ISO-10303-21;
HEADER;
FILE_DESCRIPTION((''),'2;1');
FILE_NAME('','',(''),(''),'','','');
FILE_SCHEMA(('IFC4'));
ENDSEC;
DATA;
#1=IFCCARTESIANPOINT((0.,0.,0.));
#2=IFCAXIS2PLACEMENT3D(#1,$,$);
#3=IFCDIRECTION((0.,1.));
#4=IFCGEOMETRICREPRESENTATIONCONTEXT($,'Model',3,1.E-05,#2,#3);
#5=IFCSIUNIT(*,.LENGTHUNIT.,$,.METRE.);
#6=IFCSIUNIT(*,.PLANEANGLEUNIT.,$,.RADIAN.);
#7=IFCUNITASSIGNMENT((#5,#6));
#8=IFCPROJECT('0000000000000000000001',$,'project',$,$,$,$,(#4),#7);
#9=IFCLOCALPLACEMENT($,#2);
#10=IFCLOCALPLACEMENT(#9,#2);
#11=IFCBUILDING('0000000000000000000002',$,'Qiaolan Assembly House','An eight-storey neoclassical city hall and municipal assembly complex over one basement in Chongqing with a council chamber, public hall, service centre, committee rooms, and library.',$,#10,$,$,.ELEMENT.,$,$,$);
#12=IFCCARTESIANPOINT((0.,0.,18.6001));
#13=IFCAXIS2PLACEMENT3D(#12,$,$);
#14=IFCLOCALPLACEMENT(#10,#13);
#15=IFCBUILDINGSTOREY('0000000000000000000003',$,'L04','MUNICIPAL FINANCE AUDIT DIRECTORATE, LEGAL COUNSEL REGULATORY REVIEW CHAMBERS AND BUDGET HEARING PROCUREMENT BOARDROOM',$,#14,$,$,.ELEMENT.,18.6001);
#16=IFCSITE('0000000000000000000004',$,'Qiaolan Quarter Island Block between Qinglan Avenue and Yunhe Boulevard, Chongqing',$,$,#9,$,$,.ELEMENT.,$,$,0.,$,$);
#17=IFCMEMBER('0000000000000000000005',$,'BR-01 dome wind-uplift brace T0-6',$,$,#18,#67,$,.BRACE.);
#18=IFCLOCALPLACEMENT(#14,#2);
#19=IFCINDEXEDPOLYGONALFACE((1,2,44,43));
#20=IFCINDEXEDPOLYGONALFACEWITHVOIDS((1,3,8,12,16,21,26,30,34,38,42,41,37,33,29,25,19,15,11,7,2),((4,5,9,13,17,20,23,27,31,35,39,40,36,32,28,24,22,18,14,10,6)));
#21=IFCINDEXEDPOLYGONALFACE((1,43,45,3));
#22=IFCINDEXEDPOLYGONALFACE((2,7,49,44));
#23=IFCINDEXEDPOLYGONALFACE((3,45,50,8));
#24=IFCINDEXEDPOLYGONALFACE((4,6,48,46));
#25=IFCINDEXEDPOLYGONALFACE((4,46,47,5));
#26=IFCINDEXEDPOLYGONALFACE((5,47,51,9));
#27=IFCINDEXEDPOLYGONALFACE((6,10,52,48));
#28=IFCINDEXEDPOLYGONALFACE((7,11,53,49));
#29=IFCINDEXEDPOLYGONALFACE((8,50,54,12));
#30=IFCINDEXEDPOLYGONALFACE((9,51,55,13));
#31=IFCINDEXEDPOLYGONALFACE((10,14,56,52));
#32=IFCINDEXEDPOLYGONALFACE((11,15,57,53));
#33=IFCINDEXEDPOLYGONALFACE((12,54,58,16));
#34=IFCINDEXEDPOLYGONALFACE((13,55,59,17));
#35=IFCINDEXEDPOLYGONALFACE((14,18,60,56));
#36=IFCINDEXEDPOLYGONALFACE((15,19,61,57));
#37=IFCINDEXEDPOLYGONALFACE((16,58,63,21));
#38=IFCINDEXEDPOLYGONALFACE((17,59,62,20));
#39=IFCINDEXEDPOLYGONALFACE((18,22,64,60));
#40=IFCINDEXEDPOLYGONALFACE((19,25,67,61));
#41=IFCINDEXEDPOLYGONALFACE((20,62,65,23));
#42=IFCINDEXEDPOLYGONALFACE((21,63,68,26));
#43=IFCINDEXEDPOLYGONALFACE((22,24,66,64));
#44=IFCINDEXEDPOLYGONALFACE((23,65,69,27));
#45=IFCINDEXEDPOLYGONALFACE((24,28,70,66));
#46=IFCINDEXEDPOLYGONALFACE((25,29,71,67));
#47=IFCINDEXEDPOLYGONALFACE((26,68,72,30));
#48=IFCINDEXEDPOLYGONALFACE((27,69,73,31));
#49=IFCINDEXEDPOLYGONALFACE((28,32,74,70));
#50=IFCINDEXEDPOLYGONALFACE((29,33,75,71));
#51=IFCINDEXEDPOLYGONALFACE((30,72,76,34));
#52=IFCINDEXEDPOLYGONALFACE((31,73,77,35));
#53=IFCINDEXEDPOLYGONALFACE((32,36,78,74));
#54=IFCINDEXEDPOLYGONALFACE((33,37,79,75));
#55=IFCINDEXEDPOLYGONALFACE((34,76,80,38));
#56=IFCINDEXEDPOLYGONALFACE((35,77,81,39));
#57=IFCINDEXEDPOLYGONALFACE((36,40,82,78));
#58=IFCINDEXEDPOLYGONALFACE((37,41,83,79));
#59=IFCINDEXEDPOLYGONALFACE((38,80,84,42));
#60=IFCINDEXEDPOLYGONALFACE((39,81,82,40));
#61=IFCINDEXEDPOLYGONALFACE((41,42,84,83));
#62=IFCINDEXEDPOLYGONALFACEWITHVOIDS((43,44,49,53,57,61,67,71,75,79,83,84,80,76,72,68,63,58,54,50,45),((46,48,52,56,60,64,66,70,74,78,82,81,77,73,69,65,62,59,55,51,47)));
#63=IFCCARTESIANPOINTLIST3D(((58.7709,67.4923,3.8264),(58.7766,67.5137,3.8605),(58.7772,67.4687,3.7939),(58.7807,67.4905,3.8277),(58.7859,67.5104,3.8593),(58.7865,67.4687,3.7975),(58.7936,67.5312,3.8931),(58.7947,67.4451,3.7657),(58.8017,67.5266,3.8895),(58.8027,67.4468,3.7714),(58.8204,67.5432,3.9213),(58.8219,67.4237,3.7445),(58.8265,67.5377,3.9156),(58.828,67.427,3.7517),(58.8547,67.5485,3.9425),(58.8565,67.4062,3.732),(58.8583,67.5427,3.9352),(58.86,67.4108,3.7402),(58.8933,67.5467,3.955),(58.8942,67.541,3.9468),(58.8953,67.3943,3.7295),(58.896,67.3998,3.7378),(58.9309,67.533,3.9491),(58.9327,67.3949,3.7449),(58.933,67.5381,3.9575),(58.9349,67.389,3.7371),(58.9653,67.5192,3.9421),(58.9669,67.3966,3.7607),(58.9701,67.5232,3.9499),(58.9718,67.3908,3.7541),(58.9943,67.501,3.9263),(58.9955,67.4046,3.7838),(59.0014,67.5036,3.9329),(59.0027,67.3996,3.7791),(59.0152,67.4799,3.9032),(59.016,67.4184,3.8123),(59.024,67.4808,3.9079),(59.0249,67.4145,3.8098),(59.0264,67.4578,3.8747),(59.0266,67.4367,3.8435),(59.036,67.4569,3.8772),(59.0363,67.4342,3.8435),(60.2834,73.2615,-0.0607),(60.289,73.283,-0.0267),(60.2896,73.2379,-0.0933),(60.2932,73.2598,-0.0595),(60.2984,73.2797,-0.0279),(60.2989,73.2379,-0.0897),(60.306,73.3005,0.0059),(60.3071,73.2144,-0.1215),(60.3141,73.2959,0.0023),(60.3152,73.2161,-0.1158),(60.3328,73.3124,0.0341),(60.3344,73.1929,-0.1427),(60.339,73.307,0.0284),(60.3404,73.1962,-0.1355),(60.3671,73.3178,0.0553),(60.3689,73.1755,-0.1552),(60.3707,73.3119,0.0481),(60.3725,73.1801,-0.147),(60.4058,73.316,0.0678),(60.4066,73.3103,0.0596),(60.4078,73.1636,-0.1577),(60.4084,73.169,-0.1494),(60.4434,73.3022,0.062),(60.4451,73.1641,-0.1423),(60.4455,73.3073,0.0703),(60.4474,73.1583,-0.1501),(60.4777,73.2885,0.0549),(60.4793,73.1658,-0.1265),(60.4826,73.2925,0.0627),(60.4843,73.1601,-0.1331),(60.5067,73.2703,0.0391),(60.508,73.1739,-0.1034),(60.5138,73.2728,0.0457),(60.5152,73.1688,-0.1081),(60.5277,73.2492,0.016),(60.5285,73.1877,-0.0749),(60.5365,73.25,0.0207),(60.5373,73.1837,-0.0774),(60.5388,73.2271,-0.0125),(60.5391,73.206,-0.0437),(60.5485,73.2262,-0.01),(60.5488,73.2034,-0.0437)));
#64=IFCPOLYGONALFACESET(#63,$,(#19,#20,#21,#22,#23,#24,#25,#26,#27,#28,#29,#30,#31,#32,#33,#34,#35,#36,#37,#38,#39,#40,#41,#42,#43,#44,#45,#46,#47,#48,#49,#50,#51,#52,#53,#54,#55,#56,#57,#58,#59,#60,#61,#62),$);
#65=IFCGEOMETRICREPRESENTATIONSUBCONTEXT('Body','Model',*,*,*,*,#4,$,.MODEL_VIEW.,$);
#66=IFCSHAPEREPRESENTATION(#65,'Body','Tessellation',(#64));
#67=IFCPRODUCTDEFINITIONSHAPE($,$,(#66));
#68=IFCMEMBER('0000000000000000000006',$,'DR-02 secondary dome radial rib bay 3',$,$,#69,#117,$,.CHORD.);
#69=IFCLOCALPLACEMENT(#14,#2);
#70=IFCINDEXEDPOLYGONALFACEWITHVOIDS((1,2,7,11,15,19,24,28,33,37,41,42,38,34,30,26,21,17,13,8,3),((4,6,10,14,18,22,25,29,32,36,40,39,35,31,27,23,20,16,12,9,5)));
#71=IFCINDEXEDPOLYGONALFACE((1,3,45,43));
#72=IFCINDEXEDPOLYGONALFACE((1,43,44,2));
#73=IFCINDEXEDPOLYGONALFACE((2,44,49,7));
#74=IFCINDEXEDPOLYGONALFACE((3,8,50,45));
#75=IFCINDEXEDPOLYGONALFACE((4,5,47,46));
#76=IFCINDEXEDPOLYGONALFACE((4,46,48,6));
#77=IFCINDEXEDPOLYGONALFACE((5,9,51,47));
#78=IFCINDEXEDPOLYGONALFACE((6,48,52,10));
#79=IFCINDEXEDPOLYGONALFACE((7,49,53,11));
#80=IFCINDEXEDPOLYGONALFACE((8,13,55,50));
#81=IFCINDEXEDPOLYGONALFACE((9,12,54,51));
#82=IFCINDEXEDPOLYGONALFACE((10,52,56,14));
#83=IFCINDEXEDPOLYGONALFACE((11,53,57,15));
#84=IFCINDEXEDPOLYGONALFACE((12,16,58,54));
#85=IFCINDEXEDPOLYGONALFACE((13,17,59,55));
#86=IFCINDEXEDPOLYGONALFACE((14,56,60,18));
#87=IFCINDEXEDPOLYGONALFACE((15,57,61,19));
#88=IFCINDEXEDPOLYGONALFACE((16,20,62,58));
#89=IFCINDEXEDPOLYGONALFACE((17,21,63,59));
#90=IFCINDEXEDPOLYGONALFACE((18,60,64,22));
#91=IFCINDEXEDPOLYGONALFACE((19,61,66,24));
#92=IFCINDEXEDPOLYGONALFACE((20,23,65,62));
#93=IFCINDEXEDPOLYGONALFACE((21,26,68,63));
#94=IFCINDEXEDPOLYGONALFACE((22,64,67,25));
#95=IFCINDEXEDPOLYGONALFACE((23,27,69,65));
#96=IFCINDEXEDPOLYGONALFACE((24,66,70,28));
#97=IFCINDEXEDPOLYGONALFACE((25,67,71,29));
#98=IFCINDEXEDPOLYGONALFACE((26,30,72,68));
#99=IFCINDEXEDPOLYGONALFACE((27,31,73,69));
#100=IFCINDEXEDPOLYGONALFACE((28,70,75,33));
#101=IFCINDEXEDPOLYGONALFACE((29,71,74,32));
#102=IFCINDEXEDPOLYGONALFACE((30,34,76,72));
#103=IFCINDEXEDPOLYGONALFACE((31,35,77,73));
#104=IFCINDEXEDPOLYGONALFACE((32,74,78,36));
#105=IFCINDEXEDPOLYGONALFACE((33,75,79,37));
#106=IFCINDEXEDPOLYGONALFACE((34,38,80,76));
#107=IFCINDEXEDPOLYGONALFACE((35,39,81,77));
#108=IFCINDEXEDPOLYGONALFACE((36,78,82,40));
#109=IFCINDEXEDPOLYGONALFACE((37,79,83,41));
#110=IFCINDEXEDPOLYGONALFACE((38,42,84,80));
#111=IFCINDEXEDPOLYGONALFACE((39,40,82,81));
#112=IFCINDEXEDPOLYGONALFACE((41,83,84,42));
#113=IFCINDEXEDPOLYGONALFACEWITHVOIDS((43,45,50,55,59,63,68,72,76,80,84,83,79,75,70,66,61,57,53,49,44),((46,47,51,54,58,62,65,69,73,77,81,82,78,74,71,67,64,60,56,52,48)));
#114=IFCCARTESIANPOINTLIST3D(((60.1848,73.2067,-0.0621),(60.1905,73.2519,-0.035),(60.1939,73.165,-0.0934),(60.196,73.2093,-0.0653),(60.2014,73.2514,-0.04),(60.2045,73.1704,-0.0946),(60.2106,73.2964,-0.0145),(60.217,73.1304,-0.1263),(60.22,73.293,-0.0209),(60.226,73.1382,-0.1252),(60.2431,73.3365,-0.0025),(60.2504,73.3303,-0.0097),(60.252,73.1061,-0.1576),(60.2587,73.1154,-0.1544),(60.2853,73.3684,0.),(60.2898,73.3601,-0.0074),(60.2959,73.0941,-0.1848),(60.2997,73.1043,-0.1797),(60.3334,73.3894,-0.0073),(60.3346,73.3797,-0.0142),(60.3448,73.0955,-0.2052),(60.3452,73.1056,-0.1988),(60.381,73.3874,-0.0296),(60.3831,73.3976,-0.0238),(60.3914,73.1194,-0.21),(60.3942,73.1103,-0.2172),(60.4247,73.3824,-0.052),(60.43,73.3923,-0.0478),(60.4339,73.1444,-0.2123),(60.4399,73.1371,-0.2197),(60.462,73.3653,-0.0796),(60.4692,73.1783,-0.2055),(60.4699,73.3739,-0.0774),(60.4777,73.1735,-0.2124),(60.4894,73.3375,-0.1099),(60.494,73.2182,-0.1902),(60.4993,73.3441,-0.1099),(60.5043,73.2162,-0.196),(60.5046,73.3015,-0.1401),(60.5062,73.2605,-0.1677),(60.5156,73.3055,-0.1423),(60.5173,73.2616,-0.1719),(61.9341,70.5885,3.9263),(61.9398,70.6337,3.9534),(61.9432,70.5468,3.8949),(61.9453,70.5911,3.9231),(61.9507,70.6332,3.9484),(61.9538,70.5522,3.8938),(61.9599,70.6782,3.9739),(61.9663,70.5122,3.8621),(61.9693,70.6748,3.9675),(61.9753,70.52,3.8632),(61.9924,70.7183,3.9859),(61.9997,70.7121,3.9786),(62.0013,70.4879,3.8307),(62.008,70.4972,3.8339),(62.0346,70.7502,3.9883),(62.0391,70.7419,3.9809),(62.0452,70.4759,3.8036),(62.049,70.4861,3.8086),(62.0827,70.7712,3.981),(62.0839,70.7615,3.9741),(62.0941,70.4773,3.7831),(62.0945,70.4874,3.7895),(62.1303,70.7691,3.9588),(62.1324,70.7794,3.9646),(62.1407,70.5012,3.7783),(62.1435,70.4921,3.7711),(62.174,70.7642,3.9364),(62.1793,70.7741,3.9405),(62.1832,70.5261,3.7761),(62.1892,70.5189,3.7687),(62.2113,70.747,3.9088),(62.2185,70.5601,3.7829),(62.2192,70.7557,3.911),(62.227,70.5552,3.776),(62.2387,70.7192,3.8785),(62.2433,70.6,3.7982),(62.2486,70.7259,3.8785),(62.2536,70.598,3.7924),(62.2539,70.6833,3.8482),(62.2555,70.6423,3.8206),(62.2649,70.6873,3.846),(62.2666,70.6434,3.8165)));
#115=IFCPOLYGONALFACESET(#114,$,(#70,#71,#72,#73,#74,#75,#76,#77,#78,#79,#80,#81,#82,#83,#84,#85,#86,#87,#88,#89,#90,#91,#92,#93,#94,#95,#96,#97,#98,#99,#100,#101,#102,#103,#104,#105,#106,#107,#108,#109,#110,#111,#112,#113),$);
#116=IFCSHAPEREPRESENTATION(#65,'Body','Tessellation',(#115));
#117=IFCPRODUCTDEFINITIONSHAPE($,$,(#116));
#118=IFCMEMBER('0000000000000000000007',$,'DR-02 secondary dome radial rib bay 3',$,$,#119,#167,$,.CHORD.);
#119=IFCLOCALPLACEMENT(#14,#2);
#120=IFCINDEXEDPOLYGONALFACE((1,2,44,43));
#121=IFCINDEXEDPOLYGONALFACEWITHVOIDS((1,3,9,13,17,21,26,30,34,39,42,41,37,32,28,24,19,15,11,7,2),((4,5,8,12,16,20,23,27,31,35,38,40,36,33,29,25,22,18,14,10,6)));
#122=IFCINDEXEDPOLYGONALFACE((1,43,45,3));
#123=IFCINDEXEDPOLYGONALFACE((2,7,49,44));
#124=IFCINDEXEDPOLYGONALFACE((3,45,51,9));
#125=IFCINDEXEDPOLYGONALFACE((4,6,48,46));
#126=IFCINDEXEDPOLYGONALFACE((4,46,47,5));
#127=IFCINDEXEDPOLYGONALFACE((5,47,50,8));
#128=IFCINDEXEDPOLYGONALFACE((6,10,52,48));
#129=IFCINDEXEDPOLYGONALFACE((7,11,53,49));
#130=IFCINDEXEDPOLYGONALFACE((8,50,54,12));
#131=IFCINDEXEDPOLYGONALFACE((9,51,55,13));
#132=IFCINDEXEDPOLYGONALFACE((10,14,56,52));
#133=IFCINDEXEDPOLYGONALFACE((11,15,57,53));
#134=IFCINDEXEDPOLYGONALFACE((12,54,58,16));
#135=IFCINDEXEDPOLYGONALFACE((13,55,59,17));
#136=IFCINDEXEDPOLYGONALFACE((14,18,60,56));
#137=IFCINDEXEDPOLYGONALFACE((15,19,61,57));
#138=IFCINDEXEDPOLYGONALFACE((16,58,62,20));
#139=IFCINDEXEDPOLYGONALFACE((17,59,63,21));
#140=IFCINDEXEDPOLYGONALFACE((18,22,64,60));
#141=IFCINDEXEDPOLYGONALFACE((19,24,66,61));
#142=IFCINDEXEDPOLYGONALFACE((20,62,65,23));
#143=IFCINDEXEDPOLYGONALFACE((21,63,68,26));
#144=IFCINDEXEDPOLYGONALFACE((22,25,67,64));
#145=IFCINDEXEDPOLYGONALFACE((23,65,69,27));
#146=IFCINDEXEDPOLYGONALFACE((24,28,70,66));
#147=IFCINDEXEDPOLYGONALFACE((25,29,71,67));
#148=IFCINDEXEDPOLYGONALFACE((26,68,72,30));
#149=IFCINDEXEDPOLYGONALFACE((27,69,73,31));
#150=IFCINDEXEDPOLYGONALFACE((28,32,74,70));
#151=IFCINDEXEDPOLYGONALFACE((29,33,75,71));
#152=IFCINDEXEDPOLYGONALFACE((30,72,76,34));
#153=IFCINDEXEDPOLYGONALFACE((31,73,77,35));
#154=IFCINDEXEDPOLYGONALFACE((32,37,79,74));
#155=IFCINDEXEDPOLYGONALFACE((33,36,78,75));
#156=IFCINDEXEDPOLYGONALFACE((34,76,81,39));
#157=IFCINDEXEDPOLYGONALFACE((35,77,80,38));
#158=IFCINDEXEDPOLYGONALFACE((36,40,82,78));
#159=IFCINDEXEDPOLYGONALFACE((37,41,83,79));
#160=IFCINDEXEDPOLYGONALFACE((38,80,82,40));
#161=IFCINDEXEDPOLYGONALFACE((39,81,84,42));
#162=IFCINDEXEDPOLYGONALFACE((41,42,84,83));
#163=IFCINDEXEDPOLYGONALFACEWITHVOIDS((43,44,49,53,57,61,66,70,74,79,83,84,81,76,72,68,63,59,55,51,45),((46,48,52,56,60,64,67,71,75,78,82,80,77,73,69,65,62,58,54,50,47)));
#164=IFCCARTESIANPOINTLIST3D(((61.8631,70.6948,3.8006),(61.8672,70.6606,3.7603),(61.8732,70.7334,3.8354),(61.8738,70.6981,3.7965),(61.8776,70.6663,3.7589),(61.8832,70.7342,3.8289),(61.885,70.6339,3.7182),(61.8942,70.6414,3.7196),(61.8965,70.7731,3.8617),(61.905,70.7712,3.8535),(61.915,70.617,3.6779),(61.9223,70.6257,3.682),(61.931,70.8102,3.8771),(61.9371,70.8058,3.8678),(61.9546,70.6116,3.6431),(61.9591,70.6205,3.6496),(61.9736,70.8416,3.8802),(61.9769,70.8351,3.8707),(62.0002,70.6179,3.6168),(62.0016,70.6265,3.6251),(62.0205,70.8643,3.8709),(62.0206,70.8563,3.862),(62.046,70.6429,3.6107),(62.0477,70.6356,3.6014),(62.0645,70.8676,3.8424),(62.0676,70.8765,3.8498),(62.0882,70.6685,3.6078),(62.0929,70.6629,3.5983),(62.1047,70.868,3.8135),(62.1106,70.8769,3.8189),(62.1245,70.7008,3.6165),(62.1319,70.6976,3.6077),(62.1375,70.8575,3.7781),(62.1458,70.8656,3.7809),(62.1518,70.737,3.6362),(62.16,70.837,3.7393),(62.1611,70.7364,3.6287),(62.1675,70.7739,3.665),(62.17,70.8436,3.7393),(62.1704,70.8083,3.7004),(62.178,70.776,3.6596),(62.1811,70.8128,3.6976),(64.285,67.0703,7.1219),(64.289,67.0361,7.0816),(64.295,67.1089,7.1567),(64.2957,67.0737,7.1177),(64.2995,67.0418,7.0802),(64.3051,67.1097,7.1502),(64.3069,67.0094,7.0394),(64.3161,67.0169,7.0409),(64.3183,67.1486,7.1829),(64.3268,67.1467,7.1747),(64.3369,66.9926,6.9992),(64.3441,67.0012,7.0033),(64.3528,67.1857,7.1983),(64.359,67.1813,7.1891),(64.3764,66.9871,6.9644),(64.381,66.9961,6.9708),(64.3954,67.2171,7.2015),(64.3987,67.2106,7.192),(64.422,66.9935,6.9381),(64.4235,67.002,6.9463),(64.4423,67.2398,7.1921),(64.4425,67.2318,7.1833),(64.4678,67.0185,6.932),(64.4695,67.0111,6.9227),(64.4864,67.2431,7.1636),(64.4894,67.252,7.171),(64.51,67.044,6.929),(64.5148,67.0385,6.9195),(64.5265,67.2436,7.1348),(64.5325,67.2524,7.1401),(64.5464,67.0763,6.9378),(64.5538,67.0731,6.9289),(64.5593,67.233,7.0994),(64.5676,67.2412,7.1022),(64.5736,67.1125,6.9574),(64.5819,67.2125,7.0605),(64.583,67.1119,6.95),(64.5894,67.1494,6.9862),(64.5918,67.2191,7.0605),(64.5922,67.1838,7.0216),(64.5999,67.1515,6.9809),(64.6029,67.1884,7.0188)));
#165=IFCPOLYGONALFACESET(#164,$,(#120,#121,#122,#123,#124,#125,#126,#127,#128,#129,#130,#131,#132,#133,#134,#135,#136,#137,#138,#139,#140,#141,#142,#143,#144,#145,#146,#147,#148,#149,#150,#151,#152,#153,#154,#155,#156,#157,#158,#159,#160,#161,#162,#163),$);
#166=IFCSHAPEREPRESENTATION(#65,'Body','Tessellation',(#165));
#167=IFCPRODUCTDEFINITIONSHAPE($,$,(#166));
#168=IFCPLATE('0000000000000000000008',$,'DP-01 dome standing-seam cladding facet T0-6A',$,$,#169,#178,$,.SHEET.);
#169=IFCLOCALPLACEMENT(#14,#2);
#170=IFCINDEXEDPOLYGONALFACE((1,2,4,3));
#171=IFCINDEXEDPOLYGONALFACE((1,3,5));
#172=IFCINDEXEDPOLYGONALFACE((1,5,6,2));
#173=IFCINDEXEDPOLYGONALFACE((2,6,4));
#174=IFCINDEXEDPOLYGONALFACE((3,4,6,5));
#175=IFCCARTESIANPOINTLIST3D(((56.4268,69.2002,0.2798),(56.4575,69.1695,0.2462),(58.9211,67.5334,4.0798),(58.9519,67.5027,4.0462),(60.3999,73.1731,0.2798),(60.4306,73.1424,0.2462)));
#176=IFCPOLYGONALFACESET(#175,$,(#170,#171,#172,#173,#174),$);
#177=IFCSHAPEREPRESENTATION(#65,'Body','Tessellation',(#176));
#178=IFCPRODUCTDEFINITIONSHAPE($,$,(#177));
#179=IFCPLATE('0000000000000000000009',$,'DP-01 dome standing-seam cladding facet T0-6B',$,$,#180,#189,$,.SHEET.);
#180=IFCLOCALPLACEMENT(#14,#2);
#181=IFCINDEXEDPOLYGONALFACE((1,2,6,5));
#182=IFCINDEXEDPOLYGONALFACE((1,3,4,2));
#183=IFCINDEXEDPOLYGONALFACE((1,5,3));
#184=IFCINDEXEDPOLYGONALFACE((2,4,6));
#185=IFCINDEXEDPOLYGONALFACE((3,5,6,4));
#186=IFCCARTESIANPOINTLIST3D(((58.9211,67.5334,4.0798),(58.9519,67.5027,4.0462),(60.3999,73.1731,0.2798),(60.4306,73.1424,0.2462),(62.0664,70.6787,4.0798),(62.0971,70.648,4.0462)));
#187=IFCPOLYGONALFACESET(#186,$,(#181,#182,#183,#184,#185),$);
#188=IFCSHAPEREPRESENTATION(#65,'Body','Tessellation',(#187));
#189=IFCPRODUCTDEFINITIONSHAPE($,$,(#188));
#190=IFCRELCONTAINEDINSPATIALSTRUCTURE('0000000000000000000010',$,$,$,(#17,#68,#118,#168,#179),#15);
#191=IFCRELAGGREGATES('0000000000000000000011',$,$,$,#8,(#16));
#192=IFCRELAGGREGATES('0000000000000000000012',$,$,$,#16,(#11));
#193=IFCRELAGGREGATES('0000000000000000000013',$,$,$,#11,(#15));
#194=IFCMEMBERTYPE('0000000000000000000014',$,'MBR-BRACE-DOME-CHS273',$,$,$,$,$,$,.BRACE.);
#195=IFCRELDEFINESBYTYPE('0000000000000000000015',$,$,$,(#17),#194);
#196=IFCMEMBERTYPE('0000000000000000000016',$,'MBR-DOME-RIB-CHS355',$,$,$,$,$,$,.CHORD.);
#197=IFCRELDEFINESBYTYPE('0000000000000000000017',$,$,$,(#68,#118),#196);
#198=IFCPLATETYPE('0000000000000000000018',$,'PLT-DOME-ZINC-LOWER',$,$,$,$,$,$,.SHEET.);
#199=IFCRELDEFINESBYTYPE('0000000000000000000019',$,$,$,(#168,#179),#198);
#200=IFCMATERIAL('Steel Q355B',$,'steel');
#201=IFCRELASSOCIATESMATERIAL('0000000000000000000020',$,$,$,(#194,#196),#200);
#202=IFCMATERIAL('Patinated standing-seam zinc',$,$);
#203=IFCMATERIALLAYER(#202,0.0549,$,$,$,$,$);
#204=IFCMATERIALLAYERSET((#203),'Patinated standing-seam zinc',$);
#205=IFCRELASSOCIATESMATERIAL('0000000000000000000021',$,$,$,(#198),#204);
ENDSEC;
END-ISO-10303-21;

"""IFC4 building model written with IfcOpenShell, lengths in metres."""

from ifc_helpers import new_model, si_unit, direction, frame, origin, origin_2d, place, context, subcontext, project, spatial, polyline, hollow_circle, outline, extrude, material, layer, layer_set, material_profile, profile_set, type_object, element, save


model = new_model("IFC4")

# Units and contexts
model_context = context("Model", 3, precision=1e-05, world=origin(), true_north=direction((0.0, 1.0)))
body_context = subcontext(model_context, "Body", "Model", "MODEL_VIEW")
ifc_project = project(units=[si_unit("LENGTHUNIT", "METRE"), si_unit("PLANEANGLEUNIT", "RADIAN")], contexts=[model_context])

# Site, building, storey
site_placement = place(None, origin())
site = spatial("IfcSite", under=ifc_project, at=site_placement, Name="Qiaolan Quarter Island Block between Qinglan Avenue and Yunhe Boulevard, Chongqing", CompositionType="ELEMENT", RefElevation=0.0)
building_placement = place(site_placement, origin())
building = spatial("IfcBuilding", under=site, at=building_placement, Name="Qiaolan Assembly House", Description="An eight-storey neoclassical city hall and municipal assembly complex over one basement in Chongqing with a council chamber, public hall, service centre, committee rooms, and library.", CompositionType="ELEMENT")
storey_placement = place(building_placement, frame((0.0, 0.0, 18.6001)))
storey = spatial("IfcBuildingStorey", under=building, at=storey_placement, Name="L04", Description="MUNICIPAL FINANCE AUDIT DIRECTORATE, LEGAL COUNSEL REGULATORY REVIEW CHAMBERS AND BUDGET HEARING PROCUREMENT BOARDROOM", CompositionType="ELEMENT", Elevation=18.6001)

# Shared definitions
ifc_material_1 = material(Name="Steel Q355B", Category="steel")

# Members
ifc_material_profile_1 = material_profile(ifc_material_1, hollow_circle(Radius=0.1365, WallThickness=0.01, at=origin_2d()), Name="CHS 273x10")
ifc_profile_set_1 = profile_set([ifc_material_profile_1], Name="Steel Q355B")
member_type_1 = type_object("IfcMemberType", Name="MBR-BRACE-DOME-CHS273", PredefinedType="BRACE", material=ifc_profile_set_1)
member_1_placement = place(storey_placement, frame((60.4167, 73.238, -0.0437), z_axis=(-0.212448, -0.810388, 0.54602), x_axis=(0.967313, -0.253586, 0.0)))
element("IfcMember", 1, at=member_1_placement, inside=storey, type_object=member_type_1, Name="BR-01 dome wind-uplift brace T0-6", PredefinedType="BRACE", context=body_context, shape_type="SweptSolid", body=[
    extrude(hollow_circle(Radius=0.1365, WallThickness=0.01, at=origin_2d()), origin(), (0.0, 0.0, 1.0), 7.1191),
])
ifc_material_profile_2 = material_profile(ifc_material_1, hollow_circle(Radius=0.1777, WallThickness=0.012, at=origin_2d()), Name="CHS 355.6x12")
ifc_profile_set_2 = profile_set([ifc_material_profile_2], Name="Steel Q355B")
member_type_2 = type_object("IfcMemberType", Name="MBR-DOME-RIB-CHS355", PredefinedType="CHORD", material=ifc_profile_set_2)
member_2_placement = place(storey_placement, frame((60.3516, 73.2454, -0.1099), z_axis=(0.344246, -0.51524, 0.784871), x_axis=(0.831489, 0.555541, 0.0)))
element("IfcMember", 2, at=member_2_placement, inside=storey, type_object=member_type_2, Name="DR-02 secondary dome radial rib bay 3", PredefinedType="CHORD", context=body_context, shape_type="SweptSolid", body=[
    extrude(hollow_circle(Radius=0.1777, WallThickness=0.012, at=origin_2d()), origin(), (0.0, 0.0, 1.0), 5.0815),
])
member_3_placement = place(storey_placement, frame((62.0222, 70.7449, 3.7393), z_axis=(0.441925, -0.661373, 0.606043), x_axis=(0.831464, 0.555579, 0.0)))
element("IfcMember", 3, at=member_3_placement, inside=storey, type_object=member_type_2, Name="DR-02 secondary dome radial rib bay 3", PredefinedType="CHORD", context=body_context, shape_type="SweptSolid", body=[
    extrude(hollow_circle(Radius=0.1777, WallThickness=0.012, at=origin_2d()), origin(), (0.0, 0.0, 1.0), 5.4802),
])

# Plates
ifc_material_2 = material(Name="Patinated standing-seam zinc")
ifc_layer_1 = layer(ifc_material_2, 0.0549)
ifc_layer_set_1 = layer_set([ifc_layer_1], Name="Patinated standing-seam zinc")
plate_type_1 = type_object("IfcPlateType", Name="PLT-DOME-ZINC-LOWER", PredefinedType="SHEET", material=ifc_layer_set_1)
plate_1_placement = place(storey_placement, frame((60.3999, 73.1731, 0.2798), z_axis=(-0.559082, 0.559117, 0.612222), x_axis=(-0.707129, -0.707085, 0.0)))
element("IfcPlate", 4, at=plate_1_placement, inside=storey, type_object=plate_type_1, Name="DP-01 dome standing-seam cladding facet T0-6A", PredefinedType="SHEET", context=body_context, shape_type="SweptSolid", body=[
    extrude(outline(polyline([(0.0, 0.0), (5.6187, 0.0), (5.0334, 4.806), (0.0, 0.0)])), origin(), (0.0, 0.0, -1.0), 0.0549),
])
plate_2_placement = place(storey_placement, frame((60.3999, 73.1731, 0.2798), z_axis=(-0.55911, 0.55911, 0.612202), x_axis=(-0.212485, -0.810368, 0.546034)))
element("IfcPlate", 5, at=plate_2_placement, inside=storey, type_object=plate_type_1, Name="DP-01 dome standing-seam cladding facet T0-6B", PredefinedType="SHEET", context=body_context, shape_type="SweptSolid", body=[
    extrude(outline(polyline([(0.0, 0.0), (6.9594, 0.0), (3.7422, 3.0717), (0.0, 0.0)])), origin(), (0.0, 0.0, -1.0), 0.0549),
])

save(model, "model.ifc")
